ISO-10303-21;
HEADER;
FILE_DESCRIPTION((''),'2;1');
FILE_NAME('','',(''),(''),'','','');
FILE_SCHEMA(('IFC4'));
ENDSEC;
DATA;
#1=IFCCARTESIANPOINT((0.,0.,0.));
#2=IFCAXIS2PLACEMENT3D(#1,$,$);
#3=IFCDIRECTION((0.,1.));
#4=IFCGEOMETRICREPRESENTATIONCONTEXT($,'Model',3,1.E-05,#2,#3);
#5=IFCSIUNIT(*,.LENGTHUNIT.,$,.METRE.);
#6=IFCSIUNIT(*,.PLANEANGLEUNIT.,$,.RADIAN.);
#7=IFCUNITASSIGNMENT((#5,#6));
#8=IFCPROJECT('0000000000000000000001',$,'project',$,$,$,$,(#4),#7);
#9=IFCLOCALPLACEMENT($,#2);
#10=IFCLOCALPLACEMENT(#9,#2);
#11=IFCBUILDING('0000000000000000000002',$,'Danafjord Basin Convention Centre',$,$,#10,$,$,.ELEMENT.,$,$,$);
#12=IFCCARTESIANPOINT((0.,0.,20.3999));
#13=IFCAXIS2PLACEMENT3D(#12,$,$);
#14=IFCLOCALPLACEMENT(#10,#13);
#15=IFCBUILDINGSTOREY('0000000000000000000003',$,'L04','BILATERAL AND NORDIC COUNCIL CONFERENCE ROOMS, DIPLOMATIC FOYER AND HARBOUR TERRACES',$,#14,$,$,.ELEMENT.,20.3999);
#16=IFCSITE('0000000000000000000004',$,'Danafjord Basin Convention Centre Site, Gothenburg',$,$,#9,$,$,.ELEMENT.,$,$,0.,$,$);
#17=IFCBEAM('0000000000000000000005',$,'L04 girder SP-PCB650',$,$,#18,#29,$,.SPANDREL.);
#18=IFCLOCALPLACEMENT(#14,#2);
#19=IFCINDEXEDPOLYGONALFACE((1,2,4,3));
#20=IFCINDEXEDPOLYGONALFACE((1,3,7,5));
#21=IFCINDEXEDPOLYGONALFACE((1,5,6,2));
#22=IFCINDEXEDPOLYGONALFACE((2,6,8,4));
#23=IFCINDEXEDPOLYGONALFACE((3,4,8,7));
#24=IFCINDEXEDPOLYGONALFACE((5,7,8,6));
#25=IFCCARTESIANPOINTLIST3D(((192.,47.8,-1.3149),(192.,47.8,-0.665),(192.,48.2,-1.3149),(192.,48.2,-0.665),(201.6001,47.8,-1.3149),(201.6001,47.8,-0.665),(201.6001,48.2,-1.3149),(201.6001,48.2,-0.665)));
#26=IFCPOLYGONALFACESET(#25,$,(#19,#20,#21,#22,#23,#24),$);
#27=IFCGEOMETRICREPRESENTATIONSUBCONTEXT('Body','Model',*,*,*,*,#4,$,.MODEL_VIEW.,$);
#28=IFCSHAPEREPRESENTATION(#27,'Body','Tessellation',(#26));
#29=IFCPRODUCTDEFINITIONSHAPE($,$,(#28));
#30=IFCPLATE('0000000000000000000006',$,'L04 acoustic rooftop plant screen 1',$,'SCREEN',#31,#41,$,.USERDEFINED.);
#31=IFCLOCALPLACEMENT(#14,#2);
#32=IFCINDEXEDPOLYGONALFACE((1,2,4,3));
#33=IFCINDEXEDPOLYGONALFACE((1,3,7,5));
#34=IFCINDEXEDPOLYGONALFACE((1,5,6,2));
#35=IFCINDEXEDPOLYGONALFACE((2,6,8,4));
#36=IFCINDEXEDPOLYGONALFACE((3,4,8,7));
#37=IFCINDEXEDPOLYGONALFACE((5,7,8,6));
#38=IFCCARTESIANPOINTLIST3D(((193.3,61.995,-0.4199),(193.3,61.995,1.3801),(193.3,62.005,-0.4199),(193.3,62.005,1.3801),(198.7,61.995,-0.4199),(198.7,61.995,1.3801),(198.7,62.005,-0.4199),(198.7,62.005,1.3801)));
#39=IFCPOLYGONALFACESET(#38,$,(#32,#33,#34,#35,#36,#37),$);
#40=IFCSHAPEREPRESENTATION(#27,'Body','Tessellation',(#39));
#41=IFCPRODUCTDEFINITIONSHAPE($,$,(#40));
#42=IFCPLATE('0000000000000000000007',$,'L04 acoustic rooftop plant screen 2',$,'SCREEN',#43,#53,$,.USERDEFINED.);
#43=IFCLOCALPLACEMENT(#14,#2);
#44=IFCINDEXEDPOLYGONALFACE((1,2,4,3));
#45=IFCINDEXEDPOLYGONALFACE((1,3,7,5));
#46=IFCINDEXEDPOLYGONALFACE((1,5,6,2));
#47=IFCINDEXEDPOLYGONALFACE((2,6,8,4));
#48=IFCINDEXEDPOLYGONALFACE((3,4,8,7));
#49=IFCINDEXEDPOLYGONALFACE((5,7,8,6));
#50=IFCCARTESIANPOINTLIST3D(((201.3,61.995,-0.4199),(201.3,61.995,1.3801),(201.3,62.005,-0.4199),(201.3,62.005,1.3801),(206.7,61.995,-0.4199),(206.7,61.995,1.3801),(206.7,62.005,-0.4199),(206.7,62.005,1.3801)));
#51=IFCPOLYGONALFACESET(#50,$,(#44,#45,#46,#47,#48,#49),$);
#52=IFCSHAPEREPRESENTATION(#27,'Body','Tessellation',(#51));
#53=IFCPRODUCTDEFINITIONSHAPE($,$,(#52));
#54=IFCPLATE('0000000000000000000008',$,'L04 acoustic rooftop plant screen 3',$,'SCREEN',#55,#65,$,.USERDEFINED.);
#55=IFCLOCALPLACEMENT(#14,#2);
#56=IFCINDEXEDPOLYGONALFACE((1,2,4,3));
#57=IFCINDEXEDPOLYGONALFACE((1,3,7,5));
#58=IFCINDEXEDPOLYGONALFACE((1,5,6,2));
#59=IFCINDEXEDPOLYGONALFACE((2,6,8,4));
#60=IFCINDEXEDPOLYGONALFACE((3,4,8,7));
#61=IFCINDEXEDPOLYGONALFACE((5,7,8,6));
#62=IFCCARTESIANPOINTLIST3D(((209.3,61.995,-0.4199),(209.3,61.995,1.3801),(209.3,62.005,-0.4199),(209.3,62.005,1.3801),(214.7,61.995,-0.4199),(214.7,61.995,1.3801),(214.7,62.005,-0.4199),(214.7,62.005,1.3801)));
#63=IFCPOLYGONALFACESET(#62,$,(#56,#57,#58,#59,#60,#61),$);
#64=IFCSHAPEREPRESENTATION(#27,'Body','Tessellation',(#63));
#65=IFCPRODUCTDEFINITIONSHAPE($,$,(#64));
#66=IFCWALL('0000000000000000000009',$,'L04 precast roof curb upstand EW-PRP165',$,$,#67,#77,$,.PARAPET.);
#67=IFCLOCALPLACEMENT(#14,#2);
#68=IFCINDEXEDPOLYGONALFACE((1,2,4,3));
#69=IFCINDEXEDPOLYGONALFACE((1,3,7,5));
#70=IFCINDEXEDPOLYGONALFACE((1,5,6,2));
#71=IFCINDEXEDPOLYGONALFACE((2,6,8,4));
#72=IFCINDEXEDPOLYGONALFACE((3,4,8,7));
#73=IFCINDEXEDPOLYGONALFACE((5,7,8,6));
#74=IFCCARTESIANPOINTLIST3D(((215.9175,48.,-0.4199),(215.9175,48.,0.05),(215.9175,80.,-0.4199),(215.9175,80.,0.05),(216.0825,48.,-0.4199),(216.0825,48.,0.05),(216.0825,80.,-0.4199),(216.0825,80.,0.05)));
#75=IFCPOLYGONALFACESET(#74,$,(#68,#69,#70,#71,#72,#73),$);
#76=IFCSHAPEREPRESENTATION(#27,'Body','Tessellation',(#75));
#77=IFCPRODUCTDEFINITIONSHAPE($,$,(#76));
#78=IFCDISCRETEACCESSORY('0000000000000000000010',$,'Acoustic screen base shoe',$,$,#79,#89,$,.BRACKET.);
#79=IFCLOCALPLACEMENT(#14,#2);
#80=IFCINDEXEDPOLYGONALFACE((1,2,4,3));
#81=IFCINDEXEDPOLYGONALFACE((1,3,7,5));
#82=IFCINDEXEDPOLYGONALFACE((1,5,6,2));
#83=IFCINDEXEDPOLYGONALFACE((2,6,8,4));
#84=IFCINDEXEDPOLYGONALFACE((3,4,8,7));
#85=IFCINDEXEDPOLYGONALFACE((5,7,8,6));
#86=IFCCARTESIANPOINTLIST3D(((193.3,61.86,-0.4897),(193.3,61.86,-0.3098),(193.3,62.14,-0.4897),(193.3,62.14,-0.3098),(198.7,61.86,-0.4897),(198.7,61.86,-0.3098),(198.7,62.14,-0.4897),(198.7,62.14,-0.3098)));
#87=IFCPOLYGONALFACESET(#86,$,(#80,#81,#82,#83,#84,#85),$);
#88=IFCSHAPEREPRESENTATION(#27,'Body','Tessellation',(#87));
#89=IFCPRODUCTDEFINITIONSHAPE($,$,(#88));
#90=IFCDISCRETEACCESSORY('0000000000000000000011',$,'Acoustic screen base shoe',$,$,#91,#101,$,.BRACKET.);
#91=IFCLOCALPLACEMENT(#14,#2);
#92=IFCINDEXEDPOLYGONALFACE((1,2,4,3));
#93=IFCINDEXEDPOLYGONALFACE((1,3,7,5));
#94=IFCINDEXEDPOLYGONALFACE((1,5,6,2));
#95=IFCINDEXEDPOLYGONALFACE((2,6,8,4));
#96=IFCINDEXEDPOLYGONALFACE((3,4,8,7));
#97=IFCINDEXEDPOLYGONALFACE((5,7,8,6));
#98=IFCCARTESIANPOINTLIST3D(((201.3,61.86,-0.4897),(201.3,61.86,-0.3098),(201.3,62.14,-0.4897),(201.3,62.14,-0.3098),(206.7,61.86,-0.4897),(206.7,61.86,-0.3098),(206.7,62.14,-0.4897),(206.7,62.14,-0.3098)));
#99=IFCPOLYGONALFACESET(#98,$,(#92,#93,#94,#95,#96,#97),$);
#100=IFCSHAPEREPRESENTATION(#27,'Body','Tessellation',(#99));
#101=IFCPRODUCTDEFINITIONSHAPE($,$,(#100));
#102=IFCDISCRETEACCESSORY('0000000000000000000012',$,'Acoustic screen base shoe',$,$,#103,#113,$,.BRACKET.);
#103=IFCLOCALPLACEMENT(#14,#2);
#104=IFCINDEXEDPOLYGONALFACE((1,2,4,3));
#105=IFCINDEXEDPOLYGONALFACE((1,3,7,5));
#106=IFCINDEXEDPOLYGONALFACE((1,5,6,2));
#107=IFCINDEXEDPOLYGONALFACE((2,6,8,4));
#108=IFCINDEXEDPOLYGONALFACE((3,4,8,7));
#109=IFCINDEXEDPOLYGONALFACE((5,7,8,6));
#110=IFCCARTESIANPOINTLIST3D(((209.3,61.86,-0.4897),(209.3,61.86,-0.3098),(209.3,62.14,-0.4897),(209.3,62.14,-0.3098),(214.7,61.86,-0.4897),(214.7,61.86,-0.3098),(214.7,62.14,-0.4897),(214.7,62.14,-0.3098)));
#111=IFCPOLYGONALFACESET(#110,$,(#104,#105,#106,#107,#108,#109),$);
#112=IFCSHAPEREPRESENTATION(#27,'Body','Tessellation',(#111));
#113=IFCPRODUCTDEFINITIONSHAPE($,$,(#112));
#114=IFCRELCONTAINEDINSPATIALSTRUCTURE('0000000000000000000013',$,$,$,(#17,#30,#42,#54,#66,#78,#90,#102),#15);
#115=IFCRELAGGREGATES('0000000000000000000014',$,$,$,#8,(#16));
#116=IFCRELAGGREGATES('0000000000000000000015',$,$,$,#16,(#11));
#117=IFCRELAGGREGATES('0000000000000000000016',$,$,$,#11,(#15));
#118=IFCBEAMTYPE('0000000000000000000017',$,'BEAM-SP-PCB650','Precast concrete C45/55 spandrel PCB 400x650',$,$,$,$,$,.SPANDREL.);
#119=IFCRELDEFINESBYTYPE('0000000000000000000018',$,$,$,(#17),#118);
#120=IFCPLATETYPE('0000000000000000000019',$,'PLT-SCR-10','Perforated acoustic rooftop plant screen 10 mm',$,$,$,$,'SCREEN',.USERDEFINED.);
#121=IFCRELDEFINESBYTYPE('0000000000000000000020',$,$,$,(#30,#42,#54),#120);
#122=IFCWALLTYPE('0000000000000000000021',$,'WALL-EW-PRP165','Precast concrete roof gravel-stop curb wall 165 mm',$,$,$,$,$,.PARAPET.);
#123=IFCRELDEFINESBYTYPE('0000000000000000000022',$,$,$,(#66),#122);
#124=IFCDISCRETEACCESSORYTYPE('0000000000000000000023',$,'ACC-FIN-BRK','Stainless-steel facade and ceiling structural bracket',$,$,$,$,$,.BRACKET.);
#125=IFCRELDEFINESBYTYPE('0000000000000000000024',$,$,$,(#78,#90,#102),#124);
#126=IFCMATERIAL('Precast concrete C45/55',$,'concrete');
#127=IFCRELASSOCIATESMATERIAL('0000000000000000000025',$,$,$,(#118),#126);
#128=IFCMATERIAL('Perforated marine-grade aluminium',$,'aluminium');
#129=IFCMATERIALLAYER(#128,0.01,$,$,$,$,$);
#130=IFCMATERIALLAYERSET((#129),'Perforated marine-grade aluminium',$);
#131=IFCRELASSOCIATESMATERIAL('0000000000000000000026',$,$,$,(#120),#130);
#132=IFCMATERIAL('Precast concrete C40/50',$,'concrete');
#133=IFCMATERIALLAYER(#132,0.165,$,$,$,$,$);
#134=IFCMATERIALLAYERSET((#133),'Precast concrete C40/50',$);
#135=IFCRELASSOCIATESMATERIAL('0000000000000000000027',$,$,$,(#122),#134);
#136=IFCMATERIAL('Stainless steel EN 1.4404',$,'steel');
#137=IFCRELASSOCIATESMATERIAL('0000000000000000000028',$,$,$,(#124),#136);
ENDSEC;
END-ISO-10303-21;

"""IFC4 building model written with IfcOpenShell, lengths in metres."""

from ifc_helpers import new_model, si_unit, direction, frame, frame_2d, origin, origin_2d, place, context, subcontext, project, spatial, rectangle, extrude, material, layer, layer_set, material_profile, profile_set, type_object, element, save


model = new_model("IFC4")

# Units and contexts
model_context = context("Model", 3, precision=1e-05, world=origin(), true_north=direction((0.0, 1.0)))
body_context = subcontext(model_context, "Body", "Model", "MODEL_VIEW")
ifc_project = project(units=[si_unit("LENGTHUNIT", "METRE"), si_unit("PLANEANGLEUNIT", "RADIAN")], contexts=[model_context])

# Site, building, storey
site_placement = place(None, origin())
site = spatial("IfcSite", under=ifc_project, at=site_placement, Name="Danafjord Basin Convention Centre Site, Gothenburg", CompositionType="ELEMENT", RefElevation=0.0)
building_placement = place(site_placement, origin())
building = spatial("IfcBuilding", under=site, at=building_placement, Name="Danafjord Basin Convention Centre", CompositionType="ELEMENT")
storey_placement = place(building_placement, frame((0.0, 0.0, 20.3999)))
storey = spatial("IfcBuildingStorey", under=building, at=storey_placement, Name="L04", Description="BILATERAL AND NORDIC COUNCIL CONFERENCE ROOMS, DIPLOMATIC FOYER AND HARBOUR TERRACES", CompositionType="ELEMENT", Elevation=20.3999)

# Beam
ifc_material_1 = material(Name="Precast concrete C45/55", Category="concrete")
ifc_material_profile_1 = material_profile(ifc_material_1, rectangle(XDim=0.3999, YDim=0.6499, at=origin_2d()), Name="PCB 400x650")
ifc_profile_set_1 = profile_set([ifc_material_profile_1], Name="Precast concrete C45/55")
beam_type_1 = type_object("IfcBeamType", Name="BEAM-SP-PCB650", Description="Precast concrete C45/55 spandrel PCB 400x650", PredefinedType="SPANDREL", material=ifc_profile_set_1)
beam_1_placement = place(storey_placement, frame((192.0, 48.0, -0.99), z_axis=(1.0, 0.0, 0.0), x_axis=(0.0, 1.0, 0.0)))
element("IfcBeam", 1, at=beam_1_placement, inside=storey, type_object=beam_type_1, Name="L04 girder SP-PCB650", PredefinedType="SPANDREL", context=body_context, shape_type="SweptSolid", body=[
    extrude(rectangle(XDim=0.3999, YDim=0.6499, at=origin_2d()), origin(), (0.0, 0.0, 1.0), 9.6001),
])

# Plates
ifc_material_2 = material(Name="Perforated marine-grade aluminium", Category="aluminium")
ifc_layer_1 = layer(ifc_material_2, 0.01)
ifc_layer_set_1 = layer_set([ifc_layer_1], Name="Perforated marine-grade aluminium")
plate_type = type_object("IfcPlateType", Name="PLT-SCR-10", Description="Perforated acoustic rooftop plant screen 10 mm", ElementType="SCREEN", PredefinedType="USERDEFINED", material=ifc_layer_set_1)
for number, where, z_axis, x_axis, name in (
    (2, (196.0, 62.0, -0.4199), (0.0, 0.0, 1.0), (1.0, 0.0, 0.0), "L04 acoustic rooftop plant screen 1"),
    (3, (204.0, 62.0, -0.4199), (0.0, 0.0, 1.0), (1.0, 0.0, 0.0), "L04 acoustic rooftop plant screen 2"),
    (4, (212.0, 62.0, -0.4199), (0.0, 0.0, 1.0), (1.0, 0.0, 0.0), "L04 acoustic rooftop plant screen 3"),
):
    element("IfcPlate", number, at=place(storey_placement, frame(where, z_axis=z_axis, x_axis=x_axis)), inside=storey, type_object=plate_type, Name=name, ObjectType="SCREEN", PredefinedType="USERDEFINED", context=body_context, shape_type="SweptSolid", body=[
        extrude(rectangle(XDim=5.3999, YDim=0.01, at=origin_2d()), origin(), (0.0, 0.0, 1.0), 1.8),
    ])

# Wall
ifc_material_3 = material(Name="Precast concrete C40/50", Category="concrete")
ifc_layer_2 = layer(ifc_material_3, 0.165)
ifc_layer_set_2 = layer_set([ifc_layer_2], Name="Precast concrete C40/50")
wall_type = type_object("IfcWallType", Name="WALL-EW-PRP165", Description="Precast concrete roof gravel-stop curb wall 165 mm", PredefinedType="PARAPET", material=ifc_layer_set_2)
wall_placement = place(storey_placement, frame((216.0, 48.0, -0.4199), z_axis=(0.0, 0.0, 1.0), x_axis=(0.0, 1.0, 0.0)))
element("IfcWall", 5, at=wall_placement, inside=storey, type_object=wall_type, Name="L04 precast roof curb upstand EW-PRP165", PredefinedType="PARAPET", context=body_context, shape_type="SweptSolid", body=[
    extrude(rectangle(XDim=32.0, YDim=0.165, at=frame_2d((16.0, 0.0))), origin(), (0.0, 0.0, 1.0), 0.47),
])

# Discrete accessories
ifc_material_4 = material(Name="Stainless steel EN 1.4404", Category="steel")
discrete_accessory_type = type_object("IfcDiscreteAccessoryType", Name="ACC-FIN-BRK", Description="Stainless-steel facade and ceiling structural bracket", PredefinedType="BRACKET", material=ifc_material_4)
for number, where, z_axis, x_axis, name in (
    (6, (196.0, 62.0, -0.4897), (0.0, 0.0, 1.0), (1.0, 0.0, 0.0), "Acoustic screen base shoe"),
    (7, (204.0, 62.0, -0.4897), (0.0, 0.0, 1.0), (1.0, 0.0, 0.0), "Acoustic screen base shoe"),
    (8, (212.0, 62.0, -0.4897), (0.0, 0.0, 1.0), (1.0, 0.0, 0.0), "Acoustic screen base shoe"),
):
    element("IfcDiscreteAccessory", number, at=place(storey_placement, frame(where, z_axis=z_axis, x_axis=x_axis)), inside=storey, type_object=discrete_accessory_type, Name=name, PredefinedType="BRACKET", context=body_context, shape_type="SweptSolid", body=[
        extrude(rectangle(XDim=5.3999, YDim=0.28, at=origin_2d()), origin(), (0.0, 0.0, 1.0), 0.1799),
    ])

save(model, "model.ifc")
